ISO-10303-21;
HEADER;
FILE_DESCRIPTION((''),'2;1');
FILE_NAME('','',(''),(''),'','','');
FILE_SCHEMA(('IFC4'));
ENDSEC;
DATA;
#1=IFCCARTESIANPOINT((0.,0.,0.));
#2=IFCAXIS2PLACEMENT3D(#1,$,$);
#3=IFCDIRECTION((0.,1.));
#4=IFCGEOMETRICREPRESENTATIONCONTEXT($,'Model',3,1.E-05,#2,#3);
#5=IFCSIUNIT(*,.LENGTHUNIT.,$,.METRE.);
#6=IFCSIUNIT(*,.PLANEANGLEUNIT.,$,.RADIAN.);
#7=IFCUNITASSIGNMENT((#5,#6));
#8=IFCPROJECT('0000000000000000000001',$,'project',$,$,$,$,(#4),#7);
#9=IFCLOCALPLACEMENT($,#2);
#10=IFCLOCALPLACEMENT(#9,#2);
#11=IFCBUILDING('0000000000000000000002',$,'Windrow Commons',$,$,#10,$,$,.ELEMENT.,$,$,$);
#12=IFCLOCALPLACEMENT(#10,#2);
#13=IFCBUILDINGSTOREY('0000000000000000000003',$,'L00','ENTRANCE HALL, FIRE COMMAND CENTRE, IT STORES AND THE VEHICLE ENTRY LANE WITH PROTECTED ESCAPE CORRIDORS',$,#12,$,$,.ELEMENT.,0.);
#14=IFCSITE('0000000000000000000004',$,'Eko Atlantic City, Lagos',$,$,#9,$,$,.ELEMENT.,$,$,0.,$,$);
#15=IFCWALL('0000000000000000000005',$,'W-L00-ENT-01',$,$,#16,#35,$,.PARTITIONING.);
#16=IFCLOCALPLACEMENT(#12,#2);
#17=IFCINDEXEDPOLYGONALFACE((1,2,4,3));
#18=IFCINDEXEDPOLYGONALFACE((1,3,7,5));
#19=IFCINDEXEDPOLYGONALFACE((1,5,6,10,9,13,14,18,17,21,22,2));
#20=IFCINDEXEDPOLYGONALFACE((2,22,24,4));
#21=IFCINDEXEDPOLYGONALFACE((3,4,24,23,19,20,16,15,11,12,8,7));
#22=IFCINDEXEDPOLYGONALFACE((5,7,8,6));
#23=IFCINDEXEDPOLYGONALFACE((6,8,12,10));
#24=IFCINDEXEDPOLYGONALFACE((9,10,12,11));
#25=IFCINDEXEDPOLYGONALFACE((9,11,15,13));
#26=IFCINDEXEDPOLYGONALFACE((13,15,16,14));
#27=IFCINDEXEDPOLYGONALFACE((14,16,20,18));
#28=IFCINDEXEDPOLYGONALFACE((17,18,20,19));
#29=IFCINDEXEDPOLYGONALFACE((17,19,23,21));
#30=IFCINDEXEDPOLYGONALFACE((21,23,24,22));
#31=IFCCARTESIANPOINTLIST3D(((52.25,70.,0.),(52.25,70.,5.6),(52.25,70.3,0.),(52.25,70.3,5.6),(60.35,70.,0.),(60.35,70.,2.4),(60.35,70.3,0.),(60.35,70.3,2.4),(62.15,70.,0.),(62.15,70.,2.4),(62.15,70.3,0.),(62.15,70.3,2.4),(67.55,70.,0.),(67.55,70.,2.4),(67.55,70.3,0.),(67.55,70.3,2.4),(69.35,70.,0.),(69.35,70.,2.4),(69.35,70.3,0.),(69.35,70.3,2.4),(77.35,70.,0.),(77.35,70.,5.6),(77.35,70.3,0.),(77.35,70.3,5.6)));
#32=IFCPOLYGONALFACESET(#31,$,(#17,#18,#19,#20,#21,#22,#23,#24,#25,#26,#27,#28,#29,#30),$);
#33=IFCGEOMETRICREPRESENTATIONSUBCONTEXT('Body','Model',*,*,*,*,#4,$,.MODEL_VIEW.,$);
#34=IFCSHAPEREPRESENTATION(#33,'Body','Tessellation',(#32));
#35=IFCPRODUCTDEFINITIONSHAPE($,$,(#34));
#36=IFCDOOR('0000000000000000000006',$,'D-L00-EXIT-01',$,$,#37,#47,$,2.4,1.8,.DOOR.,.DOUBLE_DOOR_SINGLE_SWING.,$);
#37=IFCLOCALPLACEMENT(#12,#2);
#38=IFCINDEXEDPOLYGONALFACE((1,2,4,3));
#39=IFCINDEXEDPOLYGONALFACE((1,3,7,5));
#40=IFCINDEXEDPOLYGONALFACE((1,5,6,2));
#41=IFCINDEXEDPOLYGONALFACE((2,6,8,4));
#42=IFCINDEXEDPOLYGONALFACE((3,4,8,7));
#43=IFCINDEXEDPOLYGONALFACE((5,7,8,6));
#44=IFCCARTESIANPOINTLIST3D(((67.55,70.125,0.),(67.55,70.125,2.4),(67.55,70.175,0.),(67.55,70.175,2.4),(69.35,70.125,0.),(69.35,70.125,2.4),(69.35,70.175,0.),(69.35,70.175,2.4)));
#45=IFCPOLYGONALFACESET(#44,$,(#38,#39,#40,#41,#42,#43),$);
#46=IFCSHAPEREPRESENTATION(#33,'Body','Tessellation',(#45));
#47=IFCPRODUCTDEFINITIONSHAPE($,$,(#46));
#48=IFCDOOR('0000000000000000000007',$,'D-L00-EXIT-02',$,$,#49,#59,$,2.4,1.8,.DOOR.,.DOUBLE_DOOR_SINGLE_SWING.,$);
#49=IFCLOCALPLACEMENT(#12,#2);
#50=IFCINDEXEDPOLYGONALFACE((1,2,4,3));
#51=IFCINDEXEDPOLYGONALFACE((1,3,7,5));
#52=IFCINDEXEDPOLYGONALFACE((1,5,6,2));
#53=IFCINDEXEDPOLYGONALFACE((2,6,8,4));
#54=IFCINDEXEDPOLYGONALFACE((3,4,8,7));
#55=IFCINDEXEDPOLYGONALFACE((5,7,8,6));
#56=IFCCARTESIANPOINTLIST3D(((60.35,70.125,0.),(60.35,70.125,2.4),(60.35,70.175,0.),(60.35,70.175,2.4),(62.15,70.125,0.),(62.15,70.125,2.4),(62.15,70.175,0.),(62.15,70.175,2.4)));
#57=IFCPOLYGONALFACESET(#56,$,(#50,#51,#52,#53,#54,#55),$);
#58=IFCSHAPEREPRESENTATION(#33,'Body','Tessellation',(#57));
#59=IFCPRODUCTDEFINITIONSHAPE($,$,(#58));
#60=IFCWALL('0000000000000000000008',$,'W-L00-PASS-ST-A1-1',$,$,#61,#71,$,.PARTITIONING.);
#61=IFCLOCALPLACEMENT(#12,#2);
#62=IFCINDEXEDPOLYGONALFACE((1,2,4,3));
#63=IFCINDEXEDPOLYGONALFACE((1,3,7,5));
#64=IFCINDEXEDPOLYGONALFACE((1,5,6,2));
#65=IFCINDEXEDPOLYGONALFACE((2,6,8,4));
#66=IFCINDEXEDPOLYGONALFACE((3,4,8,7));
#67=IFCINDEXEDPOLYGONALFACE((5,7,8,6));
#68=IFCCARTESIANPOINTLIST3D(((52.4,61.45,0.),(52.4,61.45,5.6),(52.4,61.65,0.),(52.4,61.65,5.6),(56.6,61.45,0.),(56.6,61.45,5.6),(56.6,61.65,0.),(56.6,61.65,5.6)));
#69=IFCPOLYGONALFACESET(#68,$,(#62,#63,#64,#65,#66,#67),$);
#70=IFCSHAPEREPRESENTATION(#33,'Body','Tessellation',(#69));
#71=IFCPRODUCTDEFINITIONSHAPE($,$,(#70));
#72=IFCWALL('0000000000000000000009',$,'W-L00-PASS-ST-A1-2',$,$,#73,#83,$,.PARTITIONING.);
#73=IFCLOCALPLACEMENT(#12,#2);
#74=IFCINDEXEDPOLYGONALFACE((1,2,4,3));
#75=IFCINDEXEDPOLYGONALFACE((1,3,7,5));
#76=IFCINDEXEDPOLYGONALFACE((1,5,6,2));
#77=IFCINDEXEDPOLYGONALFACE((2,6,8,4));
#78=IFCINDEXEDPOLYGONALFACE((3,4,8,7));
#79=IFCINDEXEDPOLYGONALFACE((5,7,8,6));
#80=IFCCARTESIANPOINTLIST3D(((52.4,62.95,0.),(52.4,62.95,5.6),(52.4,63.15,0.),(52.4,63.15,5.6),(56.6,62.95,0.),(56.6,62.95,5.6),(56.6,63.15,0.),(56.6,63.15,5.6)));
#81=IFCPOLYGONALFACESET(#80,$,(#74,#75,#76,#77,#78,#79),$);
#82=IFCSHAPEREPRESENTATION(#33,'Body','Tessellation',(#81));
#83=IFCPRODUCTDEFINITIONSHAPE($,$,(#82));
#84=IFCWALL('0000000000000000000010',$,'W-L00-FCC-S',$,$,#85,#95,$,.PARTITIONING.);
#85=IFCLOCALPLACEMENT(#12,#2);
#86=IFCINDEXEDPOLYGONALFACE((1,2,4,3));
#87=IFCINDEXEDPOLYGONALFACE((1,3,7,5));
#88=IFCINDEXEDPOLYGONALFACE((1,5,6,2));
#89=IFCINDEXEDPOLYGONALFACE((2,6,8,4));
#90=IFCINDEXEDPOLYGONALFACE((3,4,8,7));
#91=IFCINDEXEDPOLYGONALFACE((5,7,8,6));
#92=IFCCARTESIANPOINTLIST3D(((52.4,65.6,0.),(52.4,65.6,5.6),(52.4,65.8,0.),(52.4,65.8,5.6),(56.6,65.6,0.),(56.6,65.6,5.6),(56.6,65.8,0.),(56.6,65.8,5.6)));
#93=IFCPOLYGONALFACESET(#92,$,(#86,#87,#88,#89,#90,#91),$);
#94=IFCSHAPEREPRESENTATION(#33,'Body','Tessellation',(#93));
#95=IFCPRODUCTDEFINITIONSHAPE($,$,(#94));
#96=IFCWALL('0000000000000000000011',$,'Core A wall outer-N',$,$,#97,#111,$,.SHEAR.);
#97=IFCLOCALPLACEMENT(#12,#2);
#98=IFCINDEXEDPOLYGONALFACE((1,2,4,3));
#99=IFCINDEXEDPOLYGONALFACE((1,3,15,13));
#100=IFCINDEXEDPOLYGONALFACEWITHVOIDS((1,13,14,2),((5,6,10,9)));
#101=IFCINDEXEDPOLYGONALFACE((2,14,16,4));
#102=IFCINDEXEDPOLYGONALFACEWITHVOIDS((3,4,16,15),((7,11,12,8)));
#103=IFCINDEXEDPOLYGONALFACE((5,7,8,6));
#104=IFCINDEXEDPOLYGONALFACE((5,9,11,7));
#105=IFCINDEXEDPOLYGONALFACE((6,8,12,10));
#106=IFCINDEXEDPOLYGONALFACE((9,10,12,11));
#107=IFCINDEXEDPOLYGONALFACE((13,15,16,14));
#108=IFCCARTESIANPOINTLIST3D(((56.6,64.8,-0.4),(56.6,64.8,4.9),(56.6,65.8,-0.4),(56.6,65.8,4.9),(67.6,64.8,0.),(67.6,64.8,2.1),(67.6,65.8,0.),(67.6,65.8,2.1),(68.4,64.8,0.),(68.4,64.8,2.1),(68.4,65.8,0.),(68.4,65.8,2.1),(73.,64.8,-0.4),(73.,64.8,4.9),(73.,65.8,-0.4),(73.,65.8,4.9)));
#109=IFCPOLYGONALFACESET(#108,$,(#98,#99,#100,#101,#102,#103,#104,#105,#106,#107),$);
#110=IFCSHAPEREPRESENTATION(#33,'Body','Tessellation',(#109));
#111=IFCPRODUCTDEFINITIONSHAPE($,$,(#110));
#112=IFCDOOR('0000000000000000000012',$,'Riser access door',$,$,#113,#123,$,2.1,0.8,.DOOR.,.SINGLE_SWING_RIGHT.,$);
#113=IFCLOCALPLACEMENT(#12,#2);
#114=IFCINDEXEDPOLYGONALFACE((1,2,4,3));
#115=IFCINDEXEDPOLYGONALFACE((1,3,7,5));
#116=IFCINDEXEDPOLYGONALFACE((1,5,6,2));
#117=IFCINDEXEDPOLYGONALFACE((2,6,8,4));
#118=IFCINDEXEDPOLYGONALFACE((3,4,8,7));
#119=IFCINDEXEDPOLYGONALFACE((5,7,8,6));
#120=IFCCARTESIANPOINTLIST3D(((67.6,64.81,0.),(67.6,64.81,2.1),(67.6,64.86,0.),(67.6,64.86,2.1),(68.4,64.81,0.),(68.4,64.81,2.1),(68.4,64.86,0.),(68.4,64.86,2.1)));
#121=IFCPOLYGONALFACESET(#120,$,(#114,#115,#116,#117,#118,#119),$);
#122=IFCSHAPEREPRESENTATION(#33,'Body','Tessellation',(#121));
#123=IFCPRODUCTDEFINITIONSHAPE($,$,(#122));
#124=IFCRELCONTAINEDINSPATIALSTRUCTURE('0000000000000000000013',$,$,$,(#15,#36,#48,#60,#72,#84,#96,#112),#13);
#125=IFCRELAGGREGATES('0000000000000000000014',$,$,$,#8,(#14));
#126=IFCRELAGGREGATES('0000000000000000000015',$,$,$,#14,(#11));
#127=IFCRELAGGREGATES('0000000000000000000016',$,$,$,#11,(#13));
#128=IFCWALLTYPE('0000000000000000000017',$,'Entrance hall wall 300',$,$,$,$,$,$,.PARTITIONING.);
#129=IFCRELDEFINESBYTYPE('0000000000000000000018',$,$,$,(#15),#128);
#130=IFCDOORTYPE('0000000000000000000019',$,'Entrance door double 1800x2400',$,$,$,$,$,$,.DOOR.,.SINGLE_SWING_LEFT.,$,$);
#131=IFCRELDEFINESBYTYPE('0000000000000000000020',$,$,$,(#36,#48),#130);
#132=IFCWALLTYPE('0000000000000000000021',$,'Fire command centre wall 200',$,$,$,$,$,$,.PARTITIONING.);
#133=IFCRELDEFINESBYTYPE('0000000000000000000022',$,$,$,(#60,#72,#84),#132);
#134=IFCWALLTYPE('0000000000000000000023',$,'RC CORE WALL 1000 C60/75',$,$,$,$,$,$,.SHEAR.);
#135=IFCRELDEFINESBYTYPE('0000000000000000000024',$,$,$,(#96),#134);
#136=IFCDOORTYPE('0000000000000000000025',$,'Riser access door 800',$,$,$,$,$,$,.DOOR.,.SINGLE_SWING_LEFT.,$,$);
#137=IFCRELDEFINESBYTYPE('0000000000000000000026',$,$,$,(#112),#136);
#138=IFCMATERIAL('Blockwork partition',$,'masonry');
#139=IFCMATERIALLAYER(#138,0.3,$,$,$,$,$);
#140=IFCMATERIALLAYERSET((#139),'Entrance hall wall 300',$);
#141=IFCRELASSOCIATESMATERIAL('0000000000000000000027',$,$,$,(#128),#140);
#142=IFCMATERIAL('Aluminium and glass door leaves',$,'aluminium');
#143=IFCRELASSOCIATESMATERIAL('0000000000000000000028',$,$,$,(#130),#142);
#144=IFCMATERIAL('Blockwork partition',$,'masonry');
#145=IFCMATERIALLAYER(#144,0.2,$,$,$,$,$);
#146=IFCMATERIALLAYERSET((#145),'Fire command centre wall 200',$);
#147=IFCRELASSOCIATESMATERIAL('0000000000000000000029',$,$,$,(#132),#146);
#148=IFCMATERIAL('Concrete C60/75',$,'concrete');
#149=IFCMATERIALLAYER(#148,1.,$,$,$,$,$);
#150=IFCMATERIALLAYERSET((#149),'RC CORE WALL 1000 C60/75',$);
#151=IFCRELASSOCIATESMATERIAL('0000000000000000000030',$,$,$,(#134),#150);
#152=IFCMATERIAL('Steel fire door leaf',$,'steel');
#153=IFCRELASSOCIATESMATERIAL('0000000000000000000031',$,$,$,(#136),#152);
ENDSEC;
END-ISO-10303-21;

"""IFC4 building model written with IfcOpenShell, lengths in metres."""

from ifc_helpers import new_model, si_unit, direction, frame, frame_2d, origin, place, context, subcontext, project, spatial, rectangle, extrude, material, layer, layer_set, type_object, element, fill, save


model = new_model("IFC4")

# Units and contexts
model_context = context("Model", 3, precision=1e-05, world=origin(), true_north=direction((0.0, 1.0)))
body_context = subcontext(model_context, "Body", "Model", "MODEL_VIEW")
ifc_project = project(units=[si_unit("LENGTHUNIT", "METRE"), si_unit("PLANEANGLEUNIT", "RADIAN")], contexts=[model_context])

# Site, building, storey
site_placement = place(None, origin())
site = spatial("IfcSite", under=ifc_project, at=site_placement, Name="Eko Atlantic City, Lagos", CompositionType="ELEMENT", RefElevation=0.0)
building_placement = place(site_placement, origin())
building = spatial("IfcBuilding", under=site, at=building_placement, Name="Windrow Commons", CompositionType="ELEMENT")
storey_placement = place(building_placement, origin())
storey = spatial("IfcBuildingStorey", under=building, at=storey_placement, Name="L00", Description="ENTRANCE HALL, FIRE COMMAND CENTRE, IT STORES AND THE VEHICLE ENTRY LANE WITH PROTECTED ESCAPE CORRIDORS", CompositionType="ELEMENT", Elevation=0.0)

# Wall, openings, doors
ifc_material_1 = material(Name="Blockwork partition", Category="masonry")
ifc_layer_1 = layer(ifc_material_1, 0.3)
ifc_layer_set_1 = layer_set([ifc_layer_1], Name="Entrance hall wall 300")
wall_type_1 = type_object("IfcWallType", Name="Entrance hall wall 300", PredefinedType="PARTITIONING", material=ifc_layer_set_1)
wall_1_placement = place(storey_placement, frame((52.25, 70.15, 0.0), z_axis=(0.0, 0.0, 1.0), x_axis=(1.0, 0.0, 0.0)))
wall_1 = element("IfcWall", 1, at=wall_1_placement, inside=storey, type_object=wall_type_1, Name="W-L00-ENT-01", PredefinedType="PARTITIONING", context=body_context, shape_type="SweptSolid", body=[
    extrude(rectangle(XDim=25.1, YDim=0.3, at=frame_2d((12.55, 0.0))), origin(), (0.0, 0.0, 1.0), 5.6),
])
opening_1_placement = place(wall_1_placement, frame((15.3, 0.0, 0.0)))
opening_1 = element("IfcOpeningElement", 2, at=opening_1_placement, cuts=wall_1, PredefinedType="OPENING", context=body_context, shape_type="SweptSolid", body=[
    extrude(rectangle(XDim=1.8, YDim=2.4, at=frame_2d((0.9, 1.2))), frame((0.0, 0.16, 0.0), z_axis=(0.0, -1.0, 0.0), x_axis=(1.0, 0.0, 0.0)), (0.0, 0.0, 1.0), 0.32),
])
opening_2_placement = place(wall_1_placement, frame((8.1, 0.0, 0.0)))
opening_2 = element("IfcOpeningElement", 3, at=opening_2_placement, cuts=wall_1, PredefinedType="OPENING", context=body_context, shape_type="SweptSolid", body=[
    extrude(rectangle(XDim=1.8, YDim=2.4, at=frame_2d((0.9, 1.2))), frame((0.0, 0.16, 0.0), z_axis=(0.0, -1.0, 0.0), x_axis=(1.0, 0.0, 0.0)), (0.0, 0.0, 1.0), 0.32),
])
ifc_material_2 = material(Name="Aluminium and glass door leaves", Category="aluminium")
door_type_1 = type_object("IfcDoorType", Name="Entrance door double 1800x2400", OperationType="SINGLE_SWING_LEFT", PredefinedType="DOOR", material=ifc_material_2)
door_1_placement = place(opening_1_placement, origin())
door_1 = element("IfcDoor", 4, at=door_1_placement, inside=storey, type_object=door_type_1, Name="D-L00-EXIT-01", OperationType="DOUBLE_DOOR_SINGLE_SWING", OverallHeight=2.4, OverallWidth=1.8, PredefinedType="DOOR", context=body_context, shape_type="SweptSolid", body=[
    extrude(rectangle(XDim=1.8, YDim=2.4, at=frame_2d((0.9, 1.2))), frame((0.0, 0.025, 0.0), z_axis=(0.0, -1.0, 0.0), x_axis=(1.0, 0.0, 0.0)), (0.0, 0.0, 1.0), 0.05),
])
fill(opening_1, door_1)
door_2_placement = place(opening_2_placement, origin())
door_2 = element("IfcDoor", 5, at=door_2_placement, inside=storey, type_object=door_type_1, Name="D-L00-EXIT-02", OperationType="DOUBLE_DOOR_SINGLE_SWING", OverallHeight=2.4, OverallWidth=1.8, PredefinedType="DOOR", context=body_context, shape_type="SweptSolid", body=[
    extrude(rectangle(XDim=1.8, YDim=2.4, at=frame_2d((0.9, 1.2))), frame((0.0, 0.025, 0.0), z_axis=(0.0, -1.0, 0.0), x_axis=(1.0, 0.0, 0.0)), (0.0, 0.0, 1.0), 0.05),
])
fill(opening_2, door_2)

# Walls
ifc_material_3 = material(Name="Blockwork partition", Category="masonry")
ifc_layer_2 = layer(ifc_material_3, 0.2)
ifc_layer_set_2 = layer_set([ifc_layer_2], Name="Fire command centre wall 200")
wall_type_2 = type_object("IfcWallType", Name="Fire command centre wall 200", PredefinedType="PARTITIONING", material=ifc_layer_set_2)
for number, where, z_axis, x_axis, name in (
    (6, (56.6, 61.55, 0.0), (0.0, 0.0, 1.0), (-1.0, 0.0, 0.0), "W-L00-PASS-ST-A1-1"),
    (7, (56.6, 63.05, 0.0), (0.0, 0.0, 1.0), (-1.0, 0.0, 0.0), "W-L00-PASS-ST-A1-2"),
    (8, (52.4, 65.7, 0.0), (0.0, 0.0, 1.0), (1.0, 0.0, 0.0), "W-L00-FCC-S"),
):
    element("IfcWall", number, at=place(storey_placement, frame(where, z_axis=z_axis, x_axis=x_axis)), inside=storey, type_object=wall_type_2, Name=name, PredefinedType="PARTITIONING", context=body_context, shape_type="SweptSolid", body=[
        extrude(rectangle(XDim=4.2, YDim=0.2, at=frame_2d((2.1, 0.0))), origin(), (0.0, 0.0, 1.0), 5.6),
    ])

# Wall, opening, door
ifc_material_4 = material(Name="Concrete C60/75", Category="concrete")
ifc_layer_3 = layer(ifc_material_4, 1.0)
ifc_layer_set_3 = layer_set([ifc_layer_3], Name="RC CORE WALL 1000 C60/75")
wall_type_3 = type_object("IfcWallType", Name="RC CORE WALL 1000 C60/75", PredefinedType="SHEAR", material=ifc_layer_set_3)
wall_2_placement = place(storey_placement, frame((56.6, 65.3, -0.4), z_axis=(0.0, 0.0, 1.0), x_axis=(1.0, 0.0, 0.0)))
wall_2 = element("IfcWall", 9, at=wall_2_placement, inside=storey, type_object=wall_type_3, Name="Core A wall outer-N", PredefinedType="SHEAR", context=body_context, shape_type="SweptSolid", body=[
    extrude(rectangle(XDim=16.4, YDim=1.0, at=frame_2d((8.2, 0.0))), origin(), (0.0, 0.0, 1.0), 5.3),
])
opening_3_placement = place(wall_2_placement, frame((11.0, 0.0, 0.4)))
opening_3 = element("IfcOpeningElement", 10, at=opening_3_placement, cuts=wall_2, PredefinedType="OPENING", context=body_context, shape_type="SweptSolid", body=[
    extrude(rectangle(XDim=0.8, YDim=2.1, at=frame_2d((0.4, 1.05))), frame((0.0, 0.51, 0.0), z_axis=(0.0, -1.0, 0.0), x_axis=(1.0, 0.0, 0.0)), (0.0, 0.0, 1.0), 1.02),
])
ifc_material_5 = material(Name="Steel fire door leaf", Category="steel")
door_type_2 = type_object("IfcDoorType", Name="Riser access door 800", OperationType="SINGLE_SWING_LEFT", PredefinedType="DOOR", material=ifc_material_5)
door_3_placement = place(opening_3_placement, origin())
door_3 = element("IfcDoor", 11, at=door_3_placement, inside=storey, type_object=door_type_2, Name="Riser access door", OperationType="SINGLE_SWING_RIGHT", OverallHeight=2.1, OverallWidth=0.8, PredefinedType="DOOR", context=body_context, shape_type="SweptSolid", body=[
    extrude(rectangle(XDim=0.8, YDim=2.1, at=frame_2d((0.4, 1.05))), frame((0.0, -0.44, 0.0), z_axis=(0.0, -1.0, 0.0), x_axis=(1.0, 0.0, 0.0)), (0.0, 0.0, 1.0), 0.05),
])
fill(opening_3, door_3)

save(model, "model.ifc")
